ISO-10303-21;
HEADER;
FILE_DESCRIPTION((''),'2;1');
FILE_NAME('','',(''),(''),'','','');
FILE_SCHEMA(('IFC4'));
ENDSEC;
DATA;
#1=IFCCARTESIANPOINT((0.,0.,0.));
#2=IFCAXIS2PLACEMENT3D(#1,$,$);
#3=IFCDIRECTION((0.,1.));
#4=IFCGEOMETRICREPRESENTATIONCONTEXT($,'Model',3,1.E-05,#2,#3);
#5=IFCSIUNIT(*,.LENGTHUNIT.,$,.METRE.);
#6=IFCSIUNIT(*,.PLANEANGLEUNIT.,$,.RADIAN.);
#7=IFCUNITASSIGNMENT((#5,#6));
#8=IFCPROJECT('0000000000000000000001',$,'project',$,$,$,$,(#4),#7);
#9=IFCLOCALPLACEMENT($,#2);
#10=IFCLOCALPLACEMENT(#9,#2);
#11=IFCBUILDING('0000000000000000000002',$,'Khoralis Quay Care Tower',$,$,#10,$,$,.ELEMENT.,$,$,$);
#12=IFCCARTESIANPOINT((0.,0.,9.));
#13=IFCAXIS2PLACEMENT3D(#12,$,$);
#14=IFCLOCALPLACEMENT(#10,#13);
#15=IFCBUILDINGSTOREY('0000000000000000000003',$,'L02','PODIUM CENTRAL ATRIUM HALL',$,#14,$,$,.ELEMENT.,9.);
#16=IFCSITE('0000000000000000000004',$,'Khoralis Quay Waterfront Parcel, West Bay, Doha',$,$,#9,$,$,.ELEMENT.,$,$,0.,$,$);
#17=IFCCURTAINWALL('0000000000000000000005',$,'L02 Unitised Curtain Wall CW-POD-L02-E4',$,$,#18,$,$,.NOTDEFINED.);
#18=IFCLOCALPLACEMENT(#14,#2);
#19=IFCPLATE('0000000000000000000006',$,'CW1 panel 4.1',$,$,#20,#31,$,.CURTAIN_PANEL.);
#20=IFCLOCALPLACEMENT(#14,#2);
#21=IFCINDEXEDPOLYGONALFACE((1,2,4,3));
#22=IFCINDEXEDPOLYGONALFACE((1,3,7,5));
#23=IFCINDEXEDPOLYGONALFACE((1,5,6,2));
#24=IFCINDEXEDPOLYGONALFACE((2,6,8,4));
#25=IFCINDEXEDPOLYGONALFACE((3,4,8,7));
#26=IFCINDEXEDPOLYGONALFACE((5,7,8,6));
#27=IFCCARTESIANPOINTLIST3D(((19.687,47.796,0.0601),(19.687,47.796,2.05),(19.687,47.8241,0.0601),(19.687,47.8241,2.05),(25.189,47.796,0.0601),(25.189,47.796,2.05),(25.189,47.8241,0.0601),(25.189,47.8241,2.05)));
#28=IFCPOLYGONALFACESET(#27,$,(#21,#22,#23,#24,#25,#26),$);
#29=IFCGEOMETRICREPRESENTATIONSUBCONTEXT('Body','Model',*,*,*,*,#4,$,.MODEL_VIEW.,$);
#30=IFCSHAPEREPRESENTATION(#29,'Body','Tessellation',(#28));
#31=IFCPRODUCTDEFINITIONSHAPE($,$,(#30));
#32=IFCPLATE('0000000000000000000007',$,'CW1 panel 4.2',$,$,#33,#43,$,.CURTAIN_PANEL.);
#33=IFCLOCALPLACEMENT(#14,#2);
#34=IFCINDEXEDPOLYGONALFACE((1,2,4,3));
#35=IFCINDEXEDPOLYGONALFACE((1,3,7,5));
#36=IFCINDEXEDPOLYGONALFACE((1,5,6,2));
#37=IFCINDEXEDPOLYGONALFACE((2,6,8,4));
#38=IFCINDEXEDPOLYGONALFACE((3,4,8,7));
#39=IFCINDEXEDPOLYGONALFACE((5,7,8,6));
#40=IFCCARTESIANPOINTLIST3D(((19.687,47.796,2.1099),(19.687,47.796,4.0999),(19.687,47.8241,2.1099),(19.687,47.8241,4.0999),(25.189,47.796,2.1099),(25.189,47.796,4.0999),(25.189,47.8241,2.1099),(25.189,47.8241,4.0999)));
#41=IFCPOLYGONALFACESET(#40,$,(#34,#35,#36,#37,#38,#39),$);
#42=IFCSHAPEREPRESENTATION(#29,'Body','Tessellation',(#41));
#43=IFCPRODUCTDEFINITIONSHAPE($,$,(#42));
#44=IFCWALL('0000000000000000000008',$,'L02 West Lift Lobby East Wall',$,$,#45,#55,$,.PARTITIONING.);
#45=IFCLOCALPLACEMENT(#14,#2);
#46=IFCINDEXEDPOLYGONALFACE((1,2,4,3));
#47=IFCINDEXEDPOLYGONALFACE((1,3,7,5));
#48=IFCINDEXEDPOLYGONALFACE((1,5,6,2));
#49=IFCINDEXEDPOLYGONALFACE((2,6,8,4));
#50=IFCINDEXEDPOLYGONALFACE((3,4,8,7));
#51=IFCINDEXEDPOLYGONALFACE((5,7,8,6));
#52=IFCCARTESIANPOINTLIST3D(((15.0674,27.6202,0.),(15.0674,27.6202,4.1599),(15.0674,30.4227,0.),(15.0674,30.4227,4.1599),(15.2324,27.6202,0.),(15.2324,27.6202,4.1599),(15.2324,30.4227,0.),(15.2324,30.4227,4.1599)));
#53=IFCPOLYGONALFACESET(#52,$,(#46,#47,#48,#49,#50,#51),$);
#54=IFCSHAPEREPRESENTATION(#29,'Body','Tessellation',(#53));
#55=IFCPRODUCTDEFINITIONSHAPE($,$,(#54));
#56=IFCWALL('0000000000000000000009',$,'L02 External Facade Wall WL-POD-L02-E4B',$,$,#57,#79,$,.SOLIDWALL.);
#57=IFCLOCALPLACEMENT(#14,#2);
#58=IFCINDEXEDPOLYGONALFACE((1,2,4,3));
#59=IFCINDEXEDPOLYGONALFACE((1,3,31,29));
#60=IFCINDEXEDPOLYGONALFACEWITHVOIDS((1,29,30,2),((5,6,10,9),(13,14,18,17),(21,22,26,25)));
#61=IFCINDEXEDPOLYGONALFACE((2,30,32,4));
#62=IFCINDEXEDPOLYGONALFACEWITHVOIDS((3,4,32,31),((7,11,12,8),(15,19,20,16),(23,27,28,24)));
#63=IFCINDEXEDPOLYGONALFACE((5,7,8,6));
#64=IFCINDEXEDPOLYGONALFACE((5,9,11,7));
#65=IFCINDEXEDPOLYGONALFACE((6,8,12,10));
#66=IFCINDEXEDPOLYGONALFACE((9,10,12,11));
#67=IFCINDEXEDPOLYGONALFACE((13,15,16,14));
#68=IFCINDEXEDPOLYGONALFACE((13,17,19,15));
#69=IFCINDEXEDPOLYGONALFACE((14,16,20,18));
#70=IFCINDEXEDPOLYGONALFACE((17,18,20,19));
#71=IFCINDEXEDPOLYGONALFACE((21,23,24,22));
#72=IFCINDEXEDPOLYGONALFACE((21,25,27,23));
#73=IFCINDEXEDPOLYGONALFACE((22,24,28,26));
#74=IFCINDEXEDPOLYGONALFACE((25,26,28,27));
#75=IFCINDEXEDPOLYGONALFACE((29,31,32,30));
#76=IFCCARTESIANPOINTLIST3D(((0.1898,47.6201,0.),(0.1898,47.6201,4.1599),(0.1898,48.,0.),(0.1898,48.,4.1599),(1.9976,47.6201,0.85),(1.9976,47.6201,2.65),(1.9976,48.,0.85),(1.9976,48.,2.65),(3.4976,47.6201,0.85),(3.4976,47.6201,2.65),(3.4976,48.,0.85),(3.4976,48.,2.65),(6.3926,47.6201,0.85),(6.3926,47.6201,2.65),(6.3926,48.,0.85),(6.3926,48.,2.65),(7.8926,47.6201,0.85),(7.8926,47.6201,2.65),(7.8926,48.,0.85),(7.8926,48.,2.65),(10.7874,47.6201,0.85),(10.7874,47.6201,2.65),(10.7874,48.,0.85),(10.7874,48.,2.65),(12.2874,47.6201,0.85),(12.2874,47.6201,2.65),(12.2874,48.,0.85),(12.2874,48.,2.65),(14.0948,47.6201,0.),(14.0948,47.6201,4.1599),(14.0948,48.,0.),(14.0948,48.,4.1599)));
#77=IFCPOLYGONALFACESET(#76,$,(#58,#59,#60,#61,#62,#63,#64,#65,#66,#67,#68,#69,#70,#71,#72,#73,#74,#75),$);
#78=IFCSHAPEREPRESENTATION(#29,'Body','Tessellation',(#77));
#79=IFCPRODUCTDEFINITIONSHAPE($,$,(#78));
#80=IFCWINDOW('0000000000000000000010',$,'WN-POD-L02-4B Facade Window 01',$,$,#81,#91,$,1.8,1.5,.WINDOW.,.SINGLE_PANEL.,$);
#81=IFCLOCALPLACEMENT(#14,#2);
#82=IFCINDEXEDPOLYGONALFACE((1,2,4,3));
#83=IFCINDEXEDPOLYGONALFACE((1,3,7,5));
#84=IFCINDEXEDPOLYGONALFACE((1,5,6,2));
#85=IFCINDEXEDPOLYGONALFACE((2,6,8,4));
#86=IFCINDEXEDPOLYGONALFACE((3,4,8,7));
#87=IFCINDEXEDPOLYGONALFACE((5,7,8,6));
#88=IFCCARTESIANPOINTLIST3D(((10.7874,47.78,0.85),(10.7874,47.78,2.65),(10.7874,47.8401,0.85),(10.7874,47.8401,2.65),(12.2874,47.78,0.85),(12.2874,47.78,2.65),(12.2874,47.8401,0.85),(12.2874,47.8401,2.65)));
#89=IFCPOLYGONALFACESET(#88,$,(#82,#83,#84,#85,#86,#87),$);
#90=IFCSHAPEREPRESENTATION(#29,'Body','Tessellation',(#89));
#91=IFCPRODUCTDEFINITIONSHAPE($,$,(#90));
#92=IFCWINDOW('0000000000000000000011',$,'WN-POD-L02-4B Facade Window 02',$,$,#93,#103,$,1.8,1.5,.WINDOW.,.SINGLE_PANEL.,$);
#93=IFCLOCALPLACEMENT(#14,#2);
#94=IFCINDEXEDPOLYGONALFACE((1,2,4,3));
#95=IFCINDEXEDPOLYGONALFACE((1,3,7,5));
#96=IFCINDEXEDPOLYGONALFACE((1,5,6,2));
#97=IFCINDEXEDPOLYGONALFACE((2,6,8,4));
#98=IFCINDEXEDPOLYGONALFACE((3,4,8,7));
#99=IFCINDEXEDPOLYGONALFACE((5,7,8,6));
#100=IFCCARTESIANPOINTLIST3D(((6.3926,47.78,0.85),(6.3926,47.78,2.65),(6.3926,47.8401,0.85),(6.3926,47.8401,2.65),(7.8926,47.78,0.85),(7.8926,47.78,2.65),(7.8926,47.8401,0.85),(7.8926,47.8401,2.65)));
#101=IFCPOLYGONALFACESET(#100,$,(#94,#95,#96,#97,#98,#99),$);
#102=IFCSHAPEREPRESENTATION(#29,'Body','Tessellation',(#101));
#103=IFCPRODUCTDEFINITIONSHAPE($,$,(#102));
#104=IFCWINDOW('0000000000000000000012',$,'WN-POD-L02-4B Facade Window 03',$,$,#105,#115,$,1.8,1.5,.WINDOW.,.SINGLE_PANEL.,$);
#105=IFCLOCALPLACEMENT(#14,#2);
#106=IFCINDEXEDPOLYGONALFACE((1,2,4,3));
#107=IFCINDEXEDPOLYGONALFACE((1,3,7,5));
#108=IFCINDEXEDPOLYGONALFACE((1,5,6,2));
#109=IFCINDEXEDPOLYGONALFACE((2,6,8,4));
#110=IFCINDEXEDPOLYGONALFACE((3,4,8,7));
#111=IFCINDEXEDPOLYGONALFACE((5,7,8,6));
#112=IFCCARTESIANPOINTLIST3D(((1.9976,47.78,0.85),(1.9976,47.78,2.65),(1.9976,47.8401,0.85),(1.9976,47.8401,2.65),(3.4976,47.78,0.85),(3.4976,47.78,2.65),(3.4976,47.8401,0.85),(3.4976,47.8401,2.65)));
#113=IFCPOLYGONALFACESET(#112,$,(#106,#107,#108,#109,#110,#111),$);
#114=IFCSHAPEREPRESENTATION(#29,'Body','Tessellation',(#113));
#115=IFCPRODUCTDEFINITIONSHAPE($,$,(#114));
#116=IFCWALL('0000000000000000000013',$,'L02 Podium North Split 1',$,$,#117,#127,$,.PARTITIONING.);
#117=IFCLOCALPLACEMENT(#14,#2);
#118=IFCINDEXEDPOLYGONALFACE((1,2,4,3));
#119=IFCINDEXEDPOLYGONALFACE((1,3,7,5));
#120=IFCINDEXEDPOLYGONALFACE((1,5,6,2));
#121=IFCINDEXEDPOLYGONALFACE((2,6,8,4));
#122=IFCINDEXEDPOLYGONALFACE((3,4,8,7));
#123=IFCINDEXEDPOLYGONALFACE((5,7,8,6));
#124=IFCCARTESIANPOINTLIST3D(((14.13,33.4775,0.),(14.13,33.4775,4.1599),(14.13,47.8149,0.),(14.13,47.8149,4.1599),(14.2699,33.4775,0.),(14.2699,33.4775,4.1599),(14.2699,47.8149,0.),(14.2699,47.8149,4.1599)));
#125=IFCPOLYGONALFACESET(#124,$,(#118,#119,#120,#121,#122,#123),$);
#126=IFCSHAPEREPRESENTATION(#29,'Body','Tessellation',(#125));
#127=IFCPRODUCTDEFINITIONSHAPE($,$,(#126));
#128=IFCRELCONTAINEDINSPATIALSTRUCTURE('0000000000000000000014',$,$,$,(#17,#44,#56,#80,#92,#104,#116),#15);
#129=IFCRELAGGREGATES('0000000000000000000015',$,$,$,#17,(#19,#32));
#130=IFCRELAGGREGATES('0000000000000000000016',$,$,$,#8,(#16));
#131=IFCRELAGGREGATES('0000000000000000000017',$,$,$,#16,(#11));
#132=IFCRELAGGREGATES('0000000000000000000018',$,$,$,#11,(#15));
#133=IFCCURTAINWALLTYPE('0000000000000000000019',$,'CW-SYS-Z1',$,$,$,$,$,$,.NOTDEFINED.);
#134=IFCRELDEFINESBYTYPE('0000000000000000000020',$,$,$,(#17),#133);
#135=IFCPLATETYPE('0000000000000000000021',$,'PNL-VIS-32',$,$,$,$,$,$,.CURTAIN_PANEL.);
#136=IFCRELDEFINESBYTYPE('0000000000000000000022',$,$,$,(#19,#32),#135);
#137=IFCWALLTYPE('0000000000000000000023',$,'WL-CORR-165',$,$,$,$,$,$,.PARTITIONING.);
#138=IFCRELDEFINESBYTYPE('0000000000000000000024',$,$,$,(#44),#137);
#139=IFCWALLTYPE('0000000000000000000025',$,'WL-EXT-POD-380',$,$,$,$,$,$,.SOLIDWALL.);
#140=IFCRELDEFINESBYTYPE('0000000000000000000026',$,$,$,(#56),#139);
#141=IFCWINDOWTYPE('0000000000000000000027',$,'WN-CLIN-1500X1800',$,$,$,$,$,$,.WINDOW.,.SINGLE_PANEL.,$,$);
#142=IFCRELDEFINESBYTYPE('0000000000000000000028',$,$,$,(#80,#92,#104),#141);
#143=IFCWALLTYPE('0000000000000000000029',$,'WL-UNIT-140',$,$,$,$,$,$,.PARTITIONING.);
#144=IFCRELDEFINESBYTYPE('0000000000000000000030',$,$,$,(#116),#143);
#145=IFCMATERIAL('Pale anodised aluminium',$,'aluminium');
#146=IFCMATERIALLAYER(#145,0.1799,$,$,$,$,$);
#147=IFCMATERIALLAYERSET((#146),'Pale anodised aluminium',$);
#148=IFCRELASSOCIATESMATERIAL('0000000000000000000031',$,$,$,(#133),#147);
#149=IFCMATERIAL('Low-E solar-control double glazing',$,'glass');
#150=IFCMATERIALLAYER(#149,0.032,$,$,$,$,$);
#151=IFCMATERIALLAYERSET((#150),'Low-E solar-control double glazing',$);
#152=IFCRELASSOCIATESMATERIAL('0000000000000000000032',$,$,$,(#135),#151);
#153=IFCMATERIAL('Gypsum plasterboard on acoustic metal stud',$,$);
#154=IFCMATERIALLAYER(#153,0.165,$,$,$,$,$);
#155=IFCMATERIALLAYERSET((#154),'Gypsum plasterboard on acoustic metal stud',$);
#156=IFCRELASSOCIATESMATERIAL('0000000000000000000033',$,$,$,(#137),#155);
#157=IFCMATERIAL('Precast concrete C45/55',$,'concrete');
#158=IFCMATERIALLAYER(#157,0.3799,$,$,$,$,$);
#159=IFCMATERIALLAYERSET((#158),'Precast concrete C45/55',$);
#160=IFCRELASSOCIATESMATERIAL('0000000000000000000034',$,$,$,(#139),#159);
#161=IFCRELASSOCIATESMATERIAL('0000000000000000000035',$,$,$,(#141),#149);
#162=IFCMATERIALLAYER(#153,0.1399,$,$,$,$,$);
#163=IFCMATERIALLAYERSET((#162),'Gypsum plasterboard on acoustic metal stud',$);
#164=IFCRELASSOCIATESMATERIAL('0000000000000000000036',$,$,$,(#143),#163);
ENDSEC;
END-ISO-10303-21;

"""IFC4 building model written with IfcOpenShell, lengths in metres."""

from ifc_helpers import new_model, si_unit, direction, frame, frame_2d, origin, origin_2d, place, context, subcontext, project, spatial, rectangle, extrude, source, transform, mapped, material, layer, layer_set, type_object, element, fill, aggregate, save


model = new_model("IFC4")

# Units and contexts
model_context = context("Model", 3, precision=1e-05, world=origin(), true_north=direction((0.0, 1.0)))
body_context = subcontext(model_context, "Body", "Model", "MODEL_VIEW")
ifc_project = project(units=[si_unit("LENGTHUNIT", "METRE"), si_unit("PLANEANGLEUNIT", "RADIAN")], contexts=[model_context])

# Site, building, storey
site_placement = place(None, origin())
site = spatial("IfcSite", under=ifc_project, at=site_placement, Name="Khoralis Quay Waterfront Parcel, West Bay, Doha", CompositionType="ELEMENT", RefElevation=0.0)
building_placement = place(site_placement, origin())
building = spatial("IfcBuilding", under=site, at=building_placement, Name="Khoralis Quay Care Tower", CompositionType="ELEMENT")
storey_placement = place(building_placement, frame((0.0, 0.0, 9.0)))
storey = spatial("IfcBuildingStorey", under=building, at=storey_placement, Name="L02", Description="PODIUM CENTRAL ATRIUM HALL", CompositionType="ELEMENT", Elevation=9.0)

# Curtain wall, plates
ifc_material_1 = material(Name="Pale anodised aluminium", Category="aluminium")
ifc_layer_1 = layer(ifc_material_1, 0.1799)
ifc_layer_set_1 = layer_set([ifc_layer_1], Name="Pale anodised aluminium")
curtain_wall_type = type_object("IfcCurtainWallType", Name="CW-SYS-Z1", PredefinedType="NOTDEFINED", material=ifc_layer_set_1)
curtain_wall_placement = place(storey_placement, origin())
curtain_wall = element("IfcCurtainWall", 1, at=curtain_wall_placement, inside=storey, type_object=curtain_wall_type, Name="L02 Unitised Curtain Wall CW-POD-L02-E4", PredefinedType="NOTDEFINED")
ifc_material_2 = material(Name="Low-E solar-control double glazing", Category="glass")
ifc_layer_2 = layer(ifc_material_2, 0.032)
ifc_layer_set_2 = layer_set([ifc_layer_2], Name="Low-E solar-control double glazing")
plate_type = type_object("IfcPlateType", Name="PNL-VIS-32", PredefinedType="CURTAIN_PANEL", material=ifc_layer_set_2)
shared_shape_1 = source(origin(), body_context, "Body", "SweptSolid", [
    extrude(rectangle(XDim=5.502, YDim=0.0281, at=origin_2d()), origin(), (0.0, 0.0, 1.0), 1.99),
])
plate_1_placement = place(storey_placement, frame((22.438, 47.8101, 0.0601), z_axis=(0.0, 0.0, 1.0), x_axis=(-1.0, 0.0, 0.0)))
plate_1 = element("IfcPlate", 2, at=plate_1_placement, type_object=plate_type, Name="CW1 panel 4.1", PredefinedType="CURTAIN_PANEL", context=body_context, shape_type="MappedRepresentation", body=[
    mapped(shared_shape_1, transform((0.0, 0.0, 0.0), scale=1.0)),
])
plate_2_placement = place(storey_placement, frame((22.438, 47.8101, 2.1099), z_axis=(0.0, 0.0, 1.0), x_axis=(-1.0, 0.0, 0.0)))
plate_2 = element("IfcPlate", 3, at=plate_2_placement, type_object=plate_type, Name="CW1 panel 4.2", PredefinedType="CURTAIN_PANEL", context=body_context, shape_type="MappedRepresentation", body=[
    mapped(shared_shape_1, transform((0.0, 0.0, 0.0), scale=1.0)),
])
aggregate(curtain_wall, [plate_1, plate_2])

# Wall
ifc_material_3 = material(Name="Gypsum plasterboard on acoustic metal stud")
ifc_layer_3 = layer(ifc_material_3, 0.165)
ifc_layer_set_3 = layer_set([ifc_layer_3], Name="Gypsum plasterboard on acoustic metal stud")
wall_type_1 = type_object("IfcWallType", Name="WL-CORR-165", PredefinedType="PARTITIONING", material=ifc_layer_set_3)
wall_1_placement = place(storey_placement, frame((15.1499, 27.6201, 0.0), z_axis=(0.0, 0.0, 1.0), x_axis=(0.0, 1.0, 0.0)))
element("IfcWall", 4, at=wall_1_placement, inside=storey, type_object=wall_type_1, Name="L02 West Lift Lobby East Wall", PredefinedType="PARTITIONING", context=body_context, shape_type="SweptSolid", body=[
    extrude(rectangle(XDim=2.8025, YDim=0.165, at=frame_2d((1.4014, 0.0))), origin(), (0.0, 0.0, 1.0), 4.1599),
])

# Wall, openings, windows
ifc_material_4 = material(Name="Precast concrete C45/55", Category="concrete")
ifc_layer_4 = layer(ifc_material_4, 0.3799)
ifc_layer_set_4 = layer_set([ifc_layer_4], Name="Precast concrete C45/55")
wall_type_2 = type_object("IfcWallType", Name="WL-EXT-POD-380", PredefinedType="SOLIDWALL", material=ifc_layer_set_4)
wall_2_placement = place(storey_placement, frame((14.095, 47.8101, 0.0), z_axis=(0.0, 0.0, 1.0), x_axis=(-1.0, 0.0, 0.0)))
wall_2 = element("IfcWall", 5, at=wall_2_placement, inside=storey, type_object=wall_type_2, Name="L02 External Facade Wall WL-POD-L02-E4B", PredefinedType="SOLIDWALL", context=body_context, shape_type="SweptSolid", body=[
    extrude(rectangle(XDim=13.905, YDim=0.3799, at=frame_2d((6.9526, 0.0))), origin(), (0.0, 0.0, 1.0), 4.1599),
])
opening_1_placement = place(wall_2_placement, frame((1.8076, 0.0, 0.8501)))
opening_1 = element("IfcOpeningElement", 6, at=opening_1_placement, cuts=wall_2, PredefinedType="OPENING", context=body_context, shape_type="SweptSolid", body=[
    extrude(rectangle(XDim=1.5, YDim=1.8, at=frame_2d((0.75, 0.8999))), frame((0.0, 0.2, 0.0), z_axis=(0.0, -1.0, 0.0), x_axis=(1.0, 0.0, 0.0)), (0.0, 0.0, 1.0), 0.3999),
])
opening_2_placement = place(wall_2_placement, frame((6.2024, 0.0, 0.8501)))
opening_2 = element("IfcOpeningElement", 7, at=opening_2_placement, cuts=wall_2, PredefinedType="OPENING", context=body_context, shape_type="SweptSolid", body=[
    extrude(rectangle(XDim=1.5, YDim=1.8, at=frame_2d((0.75, 0.8999))), frame((0.0, 0.2, 0.0), z_axis=(0.0, -1.0, 0.0), x_axis=(1.0, 0.0, 0.0)), (0.0, 0.0, 1.0), 0.3999),
])
opening_3_placement = place(wall_2_placement, frame((10.5974, 0.0, 0.8501)))
opening_3 = element("IfcOpeningElement", 8, at=opening_3_placement, cuts=wall_2, PredefinedType="OPENING", context=body_context, shape_type="SweptSolid", body=[
    extrude(rectangle(XDim=1.5, YDim=1.8, at=frame_2d((0.75, 0.8999))), frame((0.0, 0.2, 0.0), z_axis=(0.0, -1.0, 0.0), x_axis=(1.0, 0.0, 0.0)), (0.0, 0.0, 1.0), 0.3999),
])
window_type = type_object("IfcWindowType", Name="WN-CLIN-1500X1800", PartitioningType="SINGLE_PANEL", PredefinedType="WINDOW", material=ifc_material_2)
shared_shape_2 = source(origin(), body_context, "Body", "SweptSolid", [
    extrude(rectangle(XDim=1.5, YDim=1.8, at=frame_2d((0.75, 0.8999))), frame((0.0, 0.03, 0.0), z_axis=(0.0, -1.0, 0.0), x_axis=(1.0, 0.0, 0.0)), (0.0, 0.0, 1.0), 0.0601),
])
window_1_placement = place(opening_1_placement, origin())
window_1 = element("IfcWindow", 9, at=window_1_placement, inside=storey, type_object=window_type, Name="WN-POD-L02-4B Facade Window 01", OverallHeight=1.8, OverallWidth=1.5, PartitioningType="SINGLE_PANEL", PredefinedType="WINDOW", context=body_context, shape_type="MappedRepresentation", body=[
    mapped(shared_shape_2, transform((0.0, 0.0, 0.0), scale=1.0)),
])
fill(opening_1, window_1)
window_2_placement = place(opening_2_placement, origin())
window_2 = element("IfcWindow", 10, at=window_2_placement, inside=storey, type_object=window_type, Name="WN-POD-L02-4B Facade Window 02", OverallHeight=1.8, OverallWidth=1.5, PartitioningType="SINGLE_PANEL", PredefinedType="WINDOW", context=body_context, shape_type="MappedRepresentation", body=[
    mapped(shared_shape_2, transform((0.0, 0.0, 0.0), scale=1.0)),
])
fill(opening_2, window_2)
window_3_placement = place(opening_3_placement, origin())
window_3 = element("IfcWindow", 11, at=window_3_placement, inside=storey, type_object=window_type, Name="WN-POD-L02-4B Facade Window 03", OverallHeight=1.8, OverallWidth=1.5, PartitioningType="SINGLE_PANEL", PredefinedType="WINDOW", context=body_context, shape_type="MappedRepresentation", body=[
    mapped(shared_shape_2, transform((0.0, 0.0, 0.0), scale=1.0)),
])
fill(opening_3, window_3)

# Wall
ifc_layer_5 = layer(ifc_material_3, 0.1399)
ifc_layer_set_5 = layer_set([ifc_layer_5], Name="Gypsum plasterboard on acoustic metal stud")
wall_type_3 = type_object("IfcWallType", Name="WL-UNIT-140", PredefinedType="PARTITIONING", material=ifc_layer_set_5)
wall_3_placement = place(storey_placement, frame((14.2, 33.4775, 0.0), z_axis=(0.0, 0.0, 1.0), x_axis=(0.0, 1.0, 0.0)))
element("IfcWall", 12, at=wall_3_placement, inside=storey, type_object=wall_type_3, Name="L02 Podium North Split 1", PredefinedType="PARTITIONING", context=body_context, shape_type="SweptSolid", body=[
    extrude(rectangle(XDim=14.3374, YDim=0.1399, at=frame_2d((7.1687, 0.0))), origin(), (0.0, 0.0, 1.0), 4.1599),
])

save(model, "model.ifc")
